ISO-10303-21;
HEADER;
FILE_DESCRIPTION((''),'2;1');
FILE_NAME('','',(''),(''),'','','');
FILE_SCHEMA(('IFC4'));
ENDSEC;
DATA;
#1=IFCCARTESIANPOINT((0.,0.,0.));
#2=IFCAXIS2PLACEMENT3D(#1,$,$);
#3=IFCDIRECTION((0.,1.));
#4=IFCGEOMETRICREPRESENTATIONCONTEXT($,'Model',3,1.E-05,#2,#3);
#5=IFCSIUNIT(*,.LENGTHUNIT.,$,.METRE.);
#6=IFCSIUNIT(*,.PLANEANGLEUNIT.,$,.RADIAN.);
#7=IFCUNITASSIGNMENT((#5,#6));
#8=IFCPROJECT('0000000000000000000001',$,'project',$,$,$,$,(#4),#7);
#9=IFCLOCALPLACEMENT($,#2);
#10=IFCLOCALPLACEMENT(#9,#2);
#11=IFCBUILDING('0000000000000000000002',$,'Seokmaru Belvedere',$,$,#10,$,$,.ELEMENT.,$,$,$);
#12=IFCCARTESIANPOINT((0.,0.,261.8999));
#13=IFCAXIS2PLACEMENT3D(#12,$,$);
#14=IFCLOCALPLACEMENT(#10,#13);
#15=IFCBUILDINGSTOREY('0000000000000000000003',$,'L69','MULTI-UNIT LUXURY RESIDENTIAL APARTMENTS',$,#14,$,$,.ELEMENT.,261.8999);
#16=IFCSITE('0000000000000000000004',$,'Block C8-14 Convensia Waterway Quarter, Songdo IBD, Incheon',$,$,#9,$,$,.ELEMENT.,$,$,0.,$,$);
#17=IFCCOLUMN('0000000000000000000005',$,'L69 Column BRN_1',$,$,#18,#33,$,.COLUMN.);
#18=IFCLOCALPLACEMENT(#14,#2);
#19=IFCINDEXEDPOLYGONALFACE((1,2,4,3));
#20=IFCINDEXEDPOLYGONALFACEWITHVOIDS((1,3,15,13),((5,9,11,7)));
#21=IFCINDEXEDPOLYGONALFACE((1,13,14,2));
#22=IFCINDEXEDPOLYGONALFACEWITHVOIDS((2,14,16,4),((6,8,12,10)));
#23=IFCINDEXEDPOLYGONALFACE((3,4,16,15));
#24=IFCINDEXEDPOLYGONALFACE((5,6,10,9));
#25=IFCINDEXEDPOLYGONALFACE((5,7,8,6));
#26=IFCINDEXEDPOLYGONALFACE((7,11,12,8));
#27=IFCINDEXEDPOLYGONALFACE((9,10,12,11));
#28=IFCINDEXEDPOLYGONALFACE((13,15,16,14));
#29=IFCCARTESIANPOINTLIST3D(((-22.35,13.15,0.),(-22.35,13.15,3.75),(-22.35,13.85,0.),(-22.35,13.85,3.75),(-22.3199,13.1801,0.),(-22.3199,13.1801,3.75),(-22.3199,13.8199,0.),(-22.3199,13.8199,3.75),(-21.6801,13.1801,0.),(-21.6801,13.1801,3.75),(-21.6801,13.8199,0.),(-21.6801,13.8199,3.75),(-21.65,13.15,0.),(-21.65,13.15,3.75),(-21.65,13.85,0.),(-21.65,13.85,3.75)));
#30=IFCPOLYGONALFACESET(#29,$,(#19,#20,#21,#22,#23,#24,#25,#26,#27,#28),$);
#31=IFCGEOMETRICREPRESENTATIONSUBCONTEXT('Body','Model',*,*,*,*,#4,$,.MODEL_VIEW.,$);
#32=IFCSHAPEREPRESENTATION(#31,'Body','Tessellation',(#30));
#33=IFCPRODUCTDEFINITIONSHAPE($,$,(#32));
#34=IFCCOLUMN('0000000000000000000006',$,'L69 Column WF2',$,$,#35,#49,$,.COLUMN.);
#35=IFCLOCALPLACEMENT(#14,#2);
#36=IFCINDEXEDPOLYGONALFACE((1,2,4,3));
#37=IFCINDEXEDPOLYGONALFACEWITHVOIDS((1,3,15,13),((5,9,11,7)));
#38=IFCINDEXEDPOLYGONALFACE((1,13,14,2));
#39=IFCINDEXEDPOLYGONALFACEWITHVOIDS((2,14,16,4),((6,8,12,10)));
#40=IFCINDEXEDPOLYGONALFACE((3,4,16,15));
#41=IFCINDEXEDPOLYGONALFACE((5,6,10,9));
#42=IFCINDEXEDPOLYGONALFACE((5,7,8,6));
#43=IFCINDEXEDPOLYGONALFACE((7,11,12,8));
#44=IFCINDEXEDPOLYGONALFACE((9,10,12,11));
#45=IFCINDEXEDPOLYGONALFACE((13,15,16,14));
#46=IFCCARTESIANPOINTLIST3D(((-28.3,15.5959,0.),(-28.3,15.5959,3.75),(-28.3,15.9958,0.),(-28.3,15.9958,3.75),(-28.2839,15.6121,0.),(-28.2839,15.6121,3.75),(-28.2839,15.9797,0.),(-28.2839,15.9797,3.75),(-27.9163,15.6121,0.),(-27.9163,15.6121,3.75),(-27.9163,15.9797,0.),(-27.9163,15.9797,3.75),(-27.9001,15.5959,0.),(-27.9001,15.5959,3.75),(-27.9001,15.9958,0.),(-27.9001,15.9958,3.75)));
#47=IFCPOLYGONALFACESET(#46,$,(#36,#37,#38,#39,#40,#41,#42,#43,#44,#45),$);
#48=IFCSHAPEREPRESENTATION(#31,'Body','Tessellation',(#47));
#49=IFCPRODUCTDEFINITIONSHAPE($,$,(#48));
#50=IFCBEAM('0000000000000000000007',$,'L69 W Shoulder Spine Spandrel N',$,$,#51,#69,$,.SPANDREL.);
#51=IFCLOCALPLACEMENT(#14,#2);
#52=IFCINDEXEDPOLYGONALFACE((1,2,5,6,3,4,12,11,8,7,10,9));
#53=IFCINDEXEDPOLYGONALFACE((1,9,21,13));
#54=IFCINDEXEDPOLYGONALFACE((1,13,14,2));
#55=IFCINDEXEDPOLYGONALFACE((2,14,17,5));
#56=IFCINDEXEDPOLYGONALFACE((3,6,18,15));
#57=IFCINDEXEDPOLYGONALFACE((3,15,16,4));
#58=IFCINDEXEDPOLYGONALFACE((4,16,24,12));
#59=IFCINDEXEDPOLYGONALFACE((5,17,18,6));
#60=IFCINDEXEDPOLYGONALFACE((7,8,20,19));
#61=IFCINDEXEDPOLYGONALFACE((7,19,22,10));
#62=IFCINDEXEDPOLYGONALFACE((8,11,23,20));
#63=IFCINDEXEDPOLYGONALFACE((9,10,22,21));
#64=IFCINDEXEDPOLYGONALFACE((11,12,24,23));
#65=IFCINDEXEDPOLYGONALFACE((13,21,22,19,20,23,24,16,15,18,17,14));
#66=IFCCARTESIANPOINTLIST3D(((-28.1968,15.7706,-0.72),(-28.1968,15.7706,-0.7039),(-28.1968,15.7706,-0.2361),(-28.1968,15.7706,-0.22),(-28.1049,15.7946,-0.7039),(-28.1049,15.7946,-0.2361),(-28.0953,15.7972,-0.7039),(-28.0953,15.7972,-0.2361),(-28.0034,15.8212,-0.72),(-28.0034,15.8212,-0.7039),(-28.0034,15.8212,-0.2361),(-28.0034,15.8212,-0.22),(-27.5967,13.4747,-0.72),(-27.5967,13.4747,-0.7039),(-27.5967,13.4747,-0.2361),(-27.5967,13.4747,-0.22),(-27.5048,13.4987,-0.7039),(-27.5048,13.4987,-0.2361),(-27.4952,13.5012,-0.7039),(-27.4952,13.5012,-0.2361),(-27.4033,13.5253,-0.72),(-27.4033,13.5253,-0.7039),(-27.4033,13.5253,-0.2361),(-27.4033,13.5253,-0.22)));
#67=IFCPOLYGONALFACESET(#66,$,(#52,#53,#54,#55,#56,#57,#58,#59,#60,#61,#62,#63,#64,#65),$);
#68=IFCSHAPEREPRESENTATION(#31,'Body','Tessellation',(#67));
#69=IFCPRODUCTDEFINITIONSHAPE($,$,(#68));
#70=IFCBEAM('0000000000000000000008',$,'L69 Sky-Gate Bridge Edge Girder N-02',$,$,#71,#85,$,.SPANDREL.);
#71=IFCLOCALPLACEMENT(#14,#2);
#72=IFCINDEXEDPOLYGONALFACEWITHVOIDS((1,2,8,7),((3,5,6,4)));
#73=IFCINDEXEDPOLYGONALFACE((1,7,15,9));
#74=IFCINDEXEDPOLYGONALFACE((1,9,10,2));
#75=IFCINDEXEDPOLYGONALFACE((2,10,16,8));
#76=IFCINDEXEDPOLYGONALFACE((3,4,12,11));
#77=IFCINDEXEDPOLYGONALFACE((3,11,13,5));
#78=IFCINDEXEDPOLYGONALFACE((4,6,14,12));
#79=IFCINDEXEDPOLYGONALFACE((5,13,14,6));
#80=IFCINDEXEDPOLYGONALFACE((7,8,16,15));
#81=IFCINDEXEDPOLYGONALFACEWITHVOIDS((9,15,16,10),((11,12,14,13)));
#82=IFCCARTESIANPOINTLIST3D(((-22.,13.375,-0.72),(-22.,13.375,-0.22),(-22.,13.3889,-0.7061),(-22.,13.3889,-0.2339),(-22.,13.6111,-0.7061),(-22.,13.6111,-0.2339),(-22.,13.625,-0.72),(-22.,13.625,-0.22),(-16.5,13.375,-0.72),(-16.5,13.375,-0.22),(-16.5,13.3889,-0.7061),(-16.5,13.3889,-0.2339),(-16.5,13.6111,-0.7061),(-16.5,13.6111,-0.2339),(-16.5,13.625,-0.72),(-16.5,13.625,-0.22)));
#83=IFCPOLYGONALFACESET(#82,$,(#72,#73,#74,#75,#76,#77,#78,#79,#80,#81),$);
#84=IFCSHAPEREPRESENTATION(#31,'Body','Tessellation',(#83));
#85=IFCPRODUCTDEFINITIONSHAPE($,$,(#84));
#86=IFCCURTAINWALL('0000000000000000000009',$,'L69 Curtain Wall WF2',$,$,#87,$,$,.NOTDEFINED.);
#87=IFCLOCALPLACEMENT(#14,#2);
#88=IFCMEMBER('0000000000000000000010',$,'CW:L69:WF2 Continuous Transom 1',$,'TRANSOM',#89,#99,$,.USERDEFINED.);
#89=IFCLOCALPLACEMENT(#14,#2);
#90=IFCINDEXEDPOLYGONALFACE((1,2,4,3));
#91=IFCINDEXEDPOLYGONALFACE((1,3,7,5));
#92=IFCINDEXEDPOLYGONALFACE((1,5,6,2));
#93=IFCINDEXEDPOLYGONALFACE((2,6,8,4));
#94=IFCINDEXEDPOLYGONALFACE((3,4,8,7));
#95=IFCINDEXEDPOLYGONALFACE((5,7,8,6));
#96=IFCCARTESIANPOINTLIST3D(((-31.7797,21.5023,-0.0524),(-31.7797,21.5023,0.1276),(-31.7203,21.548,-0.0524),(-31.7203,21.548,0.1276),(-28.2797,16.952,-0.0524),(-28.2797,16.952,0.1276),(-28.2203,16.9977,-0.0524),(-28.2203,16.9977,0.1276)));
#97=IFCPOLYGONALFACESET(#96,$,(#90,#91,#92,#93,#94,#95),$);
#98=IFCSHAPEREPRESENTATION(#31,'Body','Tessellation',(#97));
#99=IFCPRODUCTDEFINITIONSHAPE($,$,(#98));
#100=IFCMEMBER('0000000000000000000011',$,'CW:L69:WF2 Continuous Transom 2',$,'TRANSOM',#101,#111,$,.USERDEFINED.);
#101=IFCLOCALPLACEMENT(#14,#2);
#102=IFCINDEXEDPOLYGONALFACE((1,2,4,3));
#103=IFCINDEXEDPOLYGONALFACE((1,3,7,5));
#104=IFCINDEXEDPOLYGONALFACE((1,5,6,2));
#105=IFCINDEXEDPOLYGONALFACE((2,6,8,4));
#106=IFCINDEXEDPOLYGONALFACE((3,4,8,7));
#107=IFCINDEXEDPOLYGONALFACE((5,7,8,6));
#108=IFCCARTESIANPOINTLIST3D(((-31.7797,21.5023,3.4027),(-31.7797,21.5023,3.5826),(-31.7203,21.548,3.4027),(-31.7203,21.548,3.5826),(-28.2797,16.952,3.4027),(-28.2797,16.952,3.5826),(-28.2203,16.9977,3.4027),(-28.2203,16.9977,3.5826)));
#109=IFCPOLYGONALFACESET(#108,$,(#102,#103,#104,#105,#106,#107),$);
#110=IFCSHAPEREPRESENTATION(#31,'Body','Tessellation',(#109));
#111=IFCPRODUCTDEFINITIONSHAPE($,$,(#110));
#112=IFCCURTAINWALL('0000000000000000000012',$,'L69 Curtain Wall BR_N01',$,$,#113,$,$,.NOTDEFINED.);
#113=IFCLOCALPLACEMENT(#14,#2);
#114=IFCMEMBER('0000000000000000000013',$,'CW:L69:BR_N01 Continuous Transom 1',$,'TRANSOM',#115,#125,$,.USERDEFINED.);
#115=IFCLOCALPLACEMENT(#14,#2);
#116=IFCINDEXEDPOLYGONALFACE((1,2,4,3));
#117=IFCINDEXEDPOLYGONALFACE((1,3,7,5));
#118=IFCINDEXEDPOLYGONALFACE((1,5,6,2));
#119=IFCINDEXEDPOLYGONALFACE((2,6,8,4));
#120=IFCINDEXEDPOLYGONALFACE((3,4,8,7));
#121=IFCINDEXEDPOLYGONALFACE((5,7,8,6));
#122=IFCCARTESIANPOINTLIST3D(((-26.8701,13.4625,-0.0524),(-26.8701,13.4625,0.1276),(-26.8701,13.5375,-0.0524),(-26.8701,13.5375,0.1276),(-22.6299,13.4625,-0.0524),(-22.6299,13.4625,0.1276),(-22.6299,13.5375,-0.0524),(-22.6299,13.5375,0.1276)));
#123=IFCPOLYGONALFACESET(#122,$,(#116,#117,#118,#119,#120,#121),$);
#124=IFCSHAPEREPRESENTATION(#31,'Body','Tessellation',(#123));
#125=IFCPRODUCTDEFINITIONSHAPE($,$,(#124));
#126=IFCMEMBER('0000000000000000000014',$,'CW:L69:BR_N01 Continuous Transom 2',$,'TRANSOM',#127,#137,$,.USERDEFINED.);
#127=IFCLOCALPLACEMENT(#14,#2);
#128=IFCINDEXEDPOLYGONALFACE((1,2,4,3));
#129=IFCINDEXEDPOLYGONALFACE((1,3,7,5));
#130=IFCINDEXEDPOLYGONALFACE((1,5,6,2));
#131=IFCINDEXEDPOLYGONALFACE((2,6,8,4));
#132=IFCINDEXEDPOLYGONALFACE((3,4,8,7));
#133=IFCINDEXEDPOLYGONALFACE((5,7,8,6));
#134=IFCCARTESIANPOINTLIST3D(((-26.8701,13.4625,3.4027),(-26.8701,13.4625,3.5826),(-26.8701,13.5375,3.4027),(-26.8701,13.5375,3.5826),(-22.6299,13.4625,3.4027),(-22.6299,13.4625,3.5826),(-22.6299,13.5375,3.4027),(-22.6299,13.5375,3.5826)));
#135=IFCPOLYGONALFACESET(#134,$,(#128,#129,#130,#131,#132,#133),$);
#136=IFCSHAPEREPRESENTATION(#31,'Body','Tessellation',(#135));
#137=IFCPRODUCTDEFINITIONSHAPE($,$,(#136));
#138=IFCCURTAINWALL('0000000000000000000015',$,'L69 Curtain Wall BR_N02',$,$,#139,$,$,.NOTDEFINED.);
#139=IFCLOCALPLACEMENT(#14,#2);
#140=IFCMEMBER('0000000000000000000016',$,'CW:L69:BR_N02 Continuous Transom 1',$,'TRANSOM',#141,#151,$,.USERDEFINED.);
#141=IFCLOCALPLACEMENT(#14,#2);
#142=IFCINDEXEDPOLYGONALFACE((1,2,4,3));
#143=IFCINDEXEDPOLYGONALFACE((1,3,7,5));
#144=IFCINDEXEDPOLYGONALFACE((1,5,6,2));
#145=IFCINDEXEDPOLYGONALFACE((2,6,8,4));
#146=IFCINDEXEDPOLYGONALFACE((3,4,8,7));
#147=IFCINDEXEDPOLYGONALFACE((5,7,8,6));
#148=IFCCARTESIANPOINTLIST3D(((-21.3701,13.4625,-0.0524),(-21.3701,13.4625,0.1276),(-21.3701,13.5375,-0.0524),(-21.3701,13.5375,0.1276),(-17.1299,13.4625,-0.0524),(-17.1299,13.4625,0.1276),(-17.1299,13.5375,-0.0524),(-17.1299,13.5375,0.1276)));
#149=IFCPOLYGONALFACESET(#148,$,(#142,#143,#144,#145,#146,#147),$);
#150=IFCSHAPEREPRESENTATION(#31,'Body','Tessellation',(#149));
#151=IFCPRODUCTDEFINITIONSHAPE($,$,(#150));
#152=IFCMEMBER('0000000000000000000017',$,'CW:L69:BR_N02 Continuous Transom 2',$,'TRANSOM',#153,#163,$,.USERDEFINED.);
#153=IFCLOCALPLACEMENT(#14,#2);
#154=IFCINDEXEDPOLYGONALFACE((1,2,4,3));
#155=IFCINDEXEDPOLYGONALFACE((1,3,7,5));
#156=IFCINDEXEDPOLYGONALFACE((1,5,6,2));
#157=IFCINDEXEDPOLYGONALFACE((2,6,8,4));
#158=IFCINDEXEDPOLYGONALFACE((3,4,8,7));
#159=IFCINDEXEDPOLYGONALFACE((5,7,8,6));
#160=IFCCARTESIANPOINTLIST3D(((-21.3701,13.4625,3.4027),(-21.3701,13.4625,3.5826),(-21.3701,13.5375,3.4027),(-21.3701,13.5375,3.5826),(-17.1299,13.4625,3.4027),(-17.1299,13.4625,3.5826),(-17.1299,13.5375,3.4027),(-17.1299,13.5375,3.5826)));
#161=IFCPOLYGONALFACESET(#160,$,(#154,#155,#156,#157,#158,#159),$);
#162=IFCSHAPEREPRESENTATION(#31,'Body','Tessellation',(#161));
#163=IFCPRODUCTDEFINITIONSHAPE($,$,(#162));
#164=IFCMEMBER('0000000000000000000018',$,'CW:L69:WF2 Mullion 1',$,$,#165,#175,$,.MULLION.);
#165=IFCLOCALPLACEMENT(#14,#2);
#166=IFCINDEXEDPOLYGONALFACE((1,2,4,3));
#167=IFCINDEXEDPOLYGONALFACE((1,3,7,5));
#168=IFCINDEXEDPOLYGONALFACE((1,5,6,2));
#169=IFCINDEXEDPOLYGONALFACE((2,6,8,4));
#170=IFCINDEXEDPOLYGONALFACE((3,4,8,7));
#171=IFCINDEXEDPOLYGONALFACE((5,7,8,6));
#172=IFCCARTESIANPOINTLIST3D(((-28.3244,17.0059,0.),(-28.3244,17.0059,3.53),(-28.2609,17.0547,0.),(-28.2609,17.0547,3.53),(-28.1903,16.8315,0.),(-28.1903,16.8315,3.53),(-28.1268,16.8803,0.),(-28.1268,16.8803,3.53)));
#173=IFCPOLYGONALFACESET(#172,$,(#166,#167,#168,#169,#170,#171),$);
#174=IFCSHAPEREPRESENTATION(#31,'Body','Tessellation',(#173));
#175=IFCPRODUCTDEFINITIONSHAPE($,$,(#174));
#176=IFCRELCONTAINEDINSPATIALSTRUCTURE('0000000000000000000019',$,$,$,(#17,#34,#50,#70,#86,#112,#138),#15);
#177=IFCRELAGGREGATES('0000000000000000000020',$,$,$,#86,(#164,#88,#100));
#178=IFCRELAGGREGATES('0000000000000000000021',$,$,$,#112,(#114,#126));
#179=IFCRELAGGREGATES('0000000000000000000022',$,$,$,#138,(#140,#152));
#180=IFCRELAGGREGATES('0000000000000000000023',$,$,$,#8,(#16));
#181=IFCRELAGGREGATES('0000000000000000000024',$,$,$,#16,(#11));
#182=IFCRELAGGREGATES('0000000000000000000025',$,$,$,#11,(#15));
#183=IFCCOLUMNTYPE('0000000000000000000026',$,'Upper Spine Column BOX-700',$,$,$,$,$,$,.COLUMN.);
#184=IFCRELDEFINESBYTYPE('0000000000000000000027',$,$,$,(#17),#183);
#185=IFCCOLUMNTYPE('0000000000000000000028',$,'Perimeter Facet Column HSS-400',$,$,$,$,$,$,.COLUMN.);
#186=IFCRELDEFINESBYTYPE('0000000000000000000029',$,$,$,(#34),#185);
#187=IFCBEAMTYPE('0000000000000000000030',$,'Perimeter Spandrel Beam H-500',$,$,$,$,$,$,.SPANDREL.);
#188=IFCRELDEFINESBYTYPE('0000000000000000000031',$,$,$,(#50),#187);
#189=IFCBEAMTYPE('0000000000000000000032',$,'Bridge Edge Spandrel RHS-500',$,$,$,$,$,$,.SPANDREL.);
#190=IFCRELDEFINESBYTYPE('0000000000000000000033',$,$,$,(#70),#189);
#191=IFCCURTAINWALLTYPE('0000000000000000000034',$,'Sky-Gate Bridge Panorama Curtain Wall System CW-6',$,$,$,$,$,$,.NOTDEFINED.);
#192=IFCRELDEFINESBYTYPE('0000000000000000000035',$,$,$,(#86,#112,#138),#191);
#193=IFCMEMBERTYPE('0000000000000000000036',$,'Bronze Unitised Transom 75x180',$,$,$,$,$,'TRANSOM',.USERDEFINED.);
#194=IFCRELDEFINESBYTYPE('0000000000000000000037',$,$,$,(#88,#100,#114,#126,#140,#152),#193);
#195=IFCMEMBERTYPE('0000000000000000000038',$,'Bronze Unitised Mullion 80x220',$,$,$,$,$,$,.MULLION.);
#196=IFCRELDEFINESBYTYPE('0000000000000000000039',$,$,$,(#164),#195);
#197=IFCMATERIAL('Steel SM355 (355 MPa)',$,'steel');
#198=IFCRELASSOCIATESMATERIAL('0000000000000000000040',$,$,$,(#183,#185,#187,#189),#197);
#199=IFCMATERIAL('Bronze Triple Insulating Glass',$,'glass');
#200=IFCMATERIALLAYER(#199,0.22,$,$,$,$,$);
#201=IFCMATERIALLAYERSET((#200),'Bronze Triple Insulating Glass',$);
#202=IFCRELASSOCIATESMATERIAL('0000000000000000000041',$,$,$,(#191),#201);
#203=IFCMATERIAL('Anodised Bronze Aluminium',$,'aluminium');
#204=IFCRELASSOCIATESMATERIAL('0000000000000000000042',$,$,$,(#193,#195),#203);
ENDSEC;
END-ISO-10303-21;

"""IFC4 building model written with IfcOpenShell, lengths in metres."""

from ifc_helpers import new_model, si_unit, direction, frame, origin, origin_2d, place, context, subcontext, project, spatial, rectangle, hollow_rectangle, i_section, extrude, source, transform, mapped, material, layer, layer_set, material_profile, profile_set, type_object, type_shapes, element, aggregate, save


model = new_model("IFC4")

# Units and contexts
model_context = context("Model", 3, precision=1e-05, world=origin(), true_north=direction((0.0, 1.0)))
body_context = subcontext(model_context, "Body", "Model", "MODEL_VIEW")
ifc_project = project(units=[si_unit("LENGTHUNIT", "METRE"), si_unit("PLANEANGLEUNIT", "RADIAN")], contexts=[model_context])

# Site, building, storey
site_placement = place(None, origin())
site = spatial("IfcSite", under=ifc_project, at=site_placement, Name="Block C8-14 Convensia Waterway Quarter, Songdo IBD, Incheon", CompositionType="ELEMENT", RefElevation=0.0)
building_placement = place(site_placement, origin())
building = spatial("IfcBuilding", under=site, at=building_placement, Name="Seokmaru Belvedere", CompositionType="ELEMENT")
storey_placement = place(building_placement, frame((0.0, 0.0, 261.8999)))
storey = spatial("IfcBuildingStorey", under=building, at=storey_placement, Name="L69", Description="MULTI-UNIT LUXURY RESIDENTIAL APARTMENTS", CompositionType="ELEMENT", Elevation=261.8999)

# Columns
ifc_material_1 = material(Name="Steel SM355 (355 MPa)", Category="steel")
ifc_material_profile_1 = material_profile(ifc_material_1, hollow_rectangle(XDim=0.7, YDim=0.7, WallThickness=0.03, at=origin_2d()), Name="BOX-700x700x30")
ifc_profile_set_1 = profile_set([ifc_material_profile_1], Name="Steel SM355 (355 MPa)")
column_type_1 = type_object("IfcColumnType", Name="Upper Spine Column BOX-700", PredefinedType="COLUMN", material=ifc_profile_set_1)
shared_shape_1 = source(origin(), body_context, "Body", "SweptSolid", [
    extrude(hollow_rectangle(XDim=0.7, YDim=0.7, WallThickness=0.03, at=origin_2d()), origin(), (0.0, 0.0, 1.0), 3.75),
])
type_shapes(column_type_1, [shared_shape_1])
column_1_placement = place(storey_placement, frame((-22.0, 13.5, 0.0), z_axis=(0.0, 0.0, 1.0), x_axis=(1.0, 0.0, 0.0)))
element("IfcColumn", 1, at=column_1_placement, inside=storey, type_object=column_type_1, Name="L69 Column BRN_1", PredefinedType="COLUMN", context=body_context, shape_type="MappedRepresentation", body=[
    mapped(shared_shape_1, transform((0.0, 0.0, 0.0), scale=1.0)),
])
ifc_material_profile_2 = material_profile(ifc_material_1, hollow_rectangle(XDim=0.3999, YDim=0.3999, WallThickness=0.0161, at=origin_2d()), Name="HSS-400x400x16")
ifc_profile_set_2 = profile_set([ifc_material_profile_2], Name="Steel SM355 (355 MPa)")
column_type_2 = type_object("IfcColumnType", Name="Perimeter Facet Column HSS-400", PredefinedType="COLUMN", material=ifc_profile_set_2)
shared_shape_2 = source(origin(), body_context, "Body", "SweptSolid", [
    extrude(hollow_rectangle(XDim=0.3999, YDim=0.3999, WallThickness=0.0161, at=origin_2d()), origin(), (0.0, 0.0, 1.0), 3.75),
])
type_shapes(column_type_2, [shared_shape_2])
column_2_placement = place(storey_placement, frame((-28.1001, 15.7959, 0.0), z_axis=(0.0, 0.0, 1.0), x_axis=(1.0, 0.0, 0.0)))
element("IfcColumn", 2, at=column_2_placement, inside=storey, type_object=column_type_2, Name="L69 Column WF2", PredefinedType="COLUMN", context=body_context, shape_type="MappedRepresentation", body=[
    mapped(shared_shape_2, transform((0.0, 0.0, 0.0), scale=1.0)),
])

# Beams
ifc_material_profile_3 = material_profile(ifc_material_1, i_section(OverallWidth=0.2, OverallDepth=0.5, WebThickness=0.01, FlangeThickness=0.0161, at=origin_2d()), Name="H-500x200x10x16")
ifc_profile_set_3 = profile_set([ifc_material_profile_3], Name="Steel SM355 (355 MPa)")
beam_type_1 = type_object("IfcBeamType", Name="Perimeter Spandrel Beam H-500", PredefinedType="SPANDREL", material=ifc_profile_set_3)
shared_shape_3 = source(origin(), body_context, "Body", "SweptSolid", [
    extrude(i_section(OverallWidth=0.2, OverallDepth=0.5, WebThickness=0.01, FlangeThickness=0.0161, at=origin_2d()), origin(), (0.0, 0.0, 1.0), 2.373),
])
type_shapes(beam_type_1, [shared_shape_3])
beam_1_placement = place(storey_placement, frame((-28.1001, 15.7959, -0.47), z_axis=(0.252883, -0.967497, 0.0), x_axis=(0.967497, 0.252883, 0.0)))
element("IfcBeam", 3, at=beam_1_placement, inside=storey, type_object=beam_type_1, Name="L69 W Shoulder Spine Spandrel N", PredefinedType="SPANDREL", context=body_context, shape_type="MappedRepresentation", body=[
    mapped(shared_shape_3, transform((0.0, 0.0, 0.0), scale=1.0)),
])
ifc_material_profile_4 = material_profile(ifc_material_1, hollow_rectangle(XDim=0.25, YDim=0.5, WallThickness=0.0139, at=origin_2d()), Name="RHS-500x250x14")
ifc_profile_set_4 = profile_set([ifc_material_profile_4], Name="Steel SM355 (355 MPa)")
beam_type_2 = type_object("IfcBeamType", Name="Bridge Edge Spandrel RHS-500", PredefinedType="SPANDREL", material=ifc_profile_set_4)
shared_shape_4 = source(origin(), body_context, "Body", "SweptSolid", [
    extrude(hollow_rectangle(XDim=0.25, YDim=0.5, WallThickness=0.0139, at=origin_2d()), origin(), (0.0, 0.0, 1.0), 5.5),
])
type_shapes(beam_type_2, [shared_shape_4])
beam_2_placement = place(storey_placement, frame((-22.0, 13.5, -0.47), z_axis=(1.0, 0.0, 0.0), x_axis=(0.0, 1.0, 0.0)))
element("IfcBeam", 4, at=beam_2_placement, inside=storey, type_object=beam_type_2, Name="L69 Sky-Gate Bridge Edge Girder N-02", PredefinedType="SPANDREL", context=body_context, shape_type="MappedRepresentation", body=[
    mapped(shared_shape_4, transform((0.0, 0.0, 0.0), scale=1.0)),
])

# Curtain walls, members
ifc_material_2 = material(Name="Bronze Triple Insulating Glass", Category="glass")
ifc_layer_1 = layer(ifc_material_2, 0.22)
ifc_layer_set_1 = layer_set([ifc_layer_1], Name="Bronze Triple Insulating Glass")
curtain_wall_type = type_object("IfcCurtainWallType", Name="Sky-Gate Bridge Panorama Curtain Wall System CW-6", PredefinedType="NOTDEFINED", material=ifc_layer_set_1)
curtain_wall_1_placement = place(storey_placement, origin())
curtain_wall_1 = element("IfcCurtainWall", 5, at=curtain_wall_1_placement, inside=storey, type_object=curtain_wall_type, Name="L69 Curtain Wall WF2", PredefinedType="NOTDEFINED")
ifc_material_3 = material(Name="Anodised Bronze Aluminium", Category="aluminium")
ifc_material_profile_5 = material_profile(ifc_material_3, rectangle(XDim=0.075, YDim=0.1799, at=origin_2d()), Name="CW-T-75x180")
ifc_profile_set_5 = profile_set([ifc_material_profile_5], Name="Anodised Bronze Aluminium")
member_type_1 = type_object("IfcMemberType", Name="Bronze Unitised Transom 75x180", ElementType="TRANSOM", PredefinedType="USERDEFINED", material=ifc_profile_set_5)
shared_shape_5 = source(origin(), body_context, "Body", "SweptSolid", [
    extrude(rectangle(XDim=0.075, YDim=0.1799, at=origin_2d()), origin(), (0.0, 0.0, 1.0), 5.7407),
])
member_1_placement = place(storey_placement, frame((-28.25, 16.9749, 0.0376), z_axis=(-0.609686, 0.792643, 0.0), x_axis=(-0.792643, -0.609686, 0.0)))
member_1 = element("IfcMember", 6, at=member_1_placement, type_object=member_type_1, Name="CW:L69:WF2 Continuous Transom 1", ObjectType="TRANSOM", PredefinedType="USERDEFINED", context=body_context, shape_type="MappedRepresentation", body=[
    mapped(shared_shape_5, transform((0.0, 0.0, 0.0), scale=1.0)),
])
member_2_placement = place(storey_placement, frame((-28.25, 16.9749, 3.4927), z_axis=(-0.609686, 0.792643, 0.0), x_axis=(-0.792643, -0.609686, 0.0)))
member_2 = element("IfcMember", 7, at=member_2_placement, type_object=member_type_1, Name="CW:L69:WF2 Continuous Transom 2", ObjectType="TRANSOM", PredefinedType="USERDEFINED", context=body_context, shape_type="MappedRepresentation", body=[
    mapped(shared_shape_5, transform((0.0, 0.0, 0.0), scale=1.0)),
])
curtain_wall_2_placement = place(storey_placement, origin())
curtain_wall_2 = element("IfcCurtainWall", 8, at=curtain_wall_2_placement, inside=storey, type_object=curtain_wall_type, Name="L69 Curtain Wall BR_N01", PredefinedType="NOTDEFINED")
shared_shape_6 = source(origin(), body_context, "Body", "SweptSolid", [
    extrude(rectangle(XDim=0.075, YDim=0.1799, at=origin_2d()), origin(), (0.0, 0.0, 1.0), 4.2402),
])
type_shapes(member_type_1, [shared_shape_5, shared_shape_6])
member_3_placement = place(storey_placement, frame((-22.6299, 13.5, 0.0376), z_axis=(-1.0, 0.0, 0.0), x_axis=(0.0, -1.0, 0.0)))
member_3 = element("IfcMember", 9, at=member_3_placement, type_object=member_type_1, Name="CW:L69:BR_N01 Continuous Transom 1", ObjectType="TRANSOM", PredefinedType="USERDEFINED", context=body_context, shape_type="MappedRepresentation", body=[
    mapped(shared_shape_6, transform((0.0, 0.0, 0.0), scale=1.0)),
])
member_4_placement = place(storey_placement, frame((-22.6299, 13.5, 3.4927), z_axis=(-1.0, 0.0, 0.0), x_axis=(0.0, -1.0, 0.0)))
member_4 = element("IfcMember", 10, at=member_4_placement, type_object=member_type_1, Name="CW:L69:BR_N01 Continuous Transom 2", ObjectType="TRANSOM", PredefinedType="USERDEFINED", context=body_context, shape_type="MappedRepresentation", body=[
    mapped(shared_shape_6, transform((0.0, 0.0, 0.0), scale=1.0)),
])
curtain_wall_3_placement = place(storey_placement, origin())
curtain_wall_3 = element("IfcCurtainWall", 11, at=curtain_wall_3_placement, inside=storey, type_object=curtain_wall_type, Name="L69 Curtain Wall BR_N02", PredefinedType="NOTDEFINED")
member_5_placement = place(storey_placement, frame((-17.1299, 13.5, 0.0376), z_axis=(-1.0, 0.0, 0.0), x_axis=(0.0, -1.0, 0.0)))
member_5 = element("IfcMember", 12, at=member_5_placement, type_object=member_type_1, Name="CW:L69:BR_N02 Continuous Transom 1", ObjectType="TRANSOM", PredefinedType="USERDEFINED", context=body_context, shape_type="MappedRepresentation", body=[
    mapped(shared_shape_6, transform((0.0, 0.0, 0.0), scale=1.0)),
])
member_6_placement = place(storey_placement, frame((-17.1299, 13.5, 3.4927), z_axis=(-1.0, 0.0, 0.0), x_axis=(0.0, -1.0, 0.0)))
member_6 = element("IfcMember", 13, at=member_6_placement, type_object=member_type_1, Name="CW:L69:BR_N02 Continuous Transom 2", ObjectType="TRANSOM", PredefinedType="USERDEFINED", context=body_context, shape_type="MappedRepresentation", body=[
    mapped(shared_shape_6, transform((0.0, 0.0, 0.0), scale=1.0)),
])

# Member
ifc_material_profile_6 = material_profile(ifc_material_3, rectangle(XDim=0.0801, YDim=0.22, at=origin_2d()), Name="CW-M-80x220")
ifc_profile_set_6 = profile_set([ifc_material_profile_6], Name="Anodised Bronze Aluminium")
member_type_2 = type_object("IfcMemberType", Name="Bronze Unitised Mullion 80x220", PredefinedType="MULLION", material=ifc_profile_set_6)
shared_shape_7 = source(origin(), body_context, "Body", "SweptSolid", [
    extrude(rectangle(XDim=0.0801, YDim=0.22, at=origin_2d()), origin(), (0.0, 0.0, 1.0), 3.53),
])
type_shapes(member_type_2, [shared_shape_7])
member_7_placement = place(storey_placement, frame((-28.2256, 16.9431, 0.0), z_axis=(0.0, 0.0, 1.0), x_axis=(-0.792631, -0.609701, 0.0)))
member_7 = element("IfcMember", 14, at=member_7_placement, type_object=member_type_2, Name="CW:L69:WF2 Mullion 1", PredefinedType="MULLION", context=body_context, shape_type="MappedRepresentation", body=[
    mapped(shared_shape_7, transform((0.0, 0.0, 0.0), scale=1.0)),
])

aggregate(curtain_wall_1, [member_7, member_1, member_2])
aggregate(curtain_wall_2, [member_3, member_4])
aggregate(curtain_wall_3, [member_5, member_6])

save(model, "model.ifc")
